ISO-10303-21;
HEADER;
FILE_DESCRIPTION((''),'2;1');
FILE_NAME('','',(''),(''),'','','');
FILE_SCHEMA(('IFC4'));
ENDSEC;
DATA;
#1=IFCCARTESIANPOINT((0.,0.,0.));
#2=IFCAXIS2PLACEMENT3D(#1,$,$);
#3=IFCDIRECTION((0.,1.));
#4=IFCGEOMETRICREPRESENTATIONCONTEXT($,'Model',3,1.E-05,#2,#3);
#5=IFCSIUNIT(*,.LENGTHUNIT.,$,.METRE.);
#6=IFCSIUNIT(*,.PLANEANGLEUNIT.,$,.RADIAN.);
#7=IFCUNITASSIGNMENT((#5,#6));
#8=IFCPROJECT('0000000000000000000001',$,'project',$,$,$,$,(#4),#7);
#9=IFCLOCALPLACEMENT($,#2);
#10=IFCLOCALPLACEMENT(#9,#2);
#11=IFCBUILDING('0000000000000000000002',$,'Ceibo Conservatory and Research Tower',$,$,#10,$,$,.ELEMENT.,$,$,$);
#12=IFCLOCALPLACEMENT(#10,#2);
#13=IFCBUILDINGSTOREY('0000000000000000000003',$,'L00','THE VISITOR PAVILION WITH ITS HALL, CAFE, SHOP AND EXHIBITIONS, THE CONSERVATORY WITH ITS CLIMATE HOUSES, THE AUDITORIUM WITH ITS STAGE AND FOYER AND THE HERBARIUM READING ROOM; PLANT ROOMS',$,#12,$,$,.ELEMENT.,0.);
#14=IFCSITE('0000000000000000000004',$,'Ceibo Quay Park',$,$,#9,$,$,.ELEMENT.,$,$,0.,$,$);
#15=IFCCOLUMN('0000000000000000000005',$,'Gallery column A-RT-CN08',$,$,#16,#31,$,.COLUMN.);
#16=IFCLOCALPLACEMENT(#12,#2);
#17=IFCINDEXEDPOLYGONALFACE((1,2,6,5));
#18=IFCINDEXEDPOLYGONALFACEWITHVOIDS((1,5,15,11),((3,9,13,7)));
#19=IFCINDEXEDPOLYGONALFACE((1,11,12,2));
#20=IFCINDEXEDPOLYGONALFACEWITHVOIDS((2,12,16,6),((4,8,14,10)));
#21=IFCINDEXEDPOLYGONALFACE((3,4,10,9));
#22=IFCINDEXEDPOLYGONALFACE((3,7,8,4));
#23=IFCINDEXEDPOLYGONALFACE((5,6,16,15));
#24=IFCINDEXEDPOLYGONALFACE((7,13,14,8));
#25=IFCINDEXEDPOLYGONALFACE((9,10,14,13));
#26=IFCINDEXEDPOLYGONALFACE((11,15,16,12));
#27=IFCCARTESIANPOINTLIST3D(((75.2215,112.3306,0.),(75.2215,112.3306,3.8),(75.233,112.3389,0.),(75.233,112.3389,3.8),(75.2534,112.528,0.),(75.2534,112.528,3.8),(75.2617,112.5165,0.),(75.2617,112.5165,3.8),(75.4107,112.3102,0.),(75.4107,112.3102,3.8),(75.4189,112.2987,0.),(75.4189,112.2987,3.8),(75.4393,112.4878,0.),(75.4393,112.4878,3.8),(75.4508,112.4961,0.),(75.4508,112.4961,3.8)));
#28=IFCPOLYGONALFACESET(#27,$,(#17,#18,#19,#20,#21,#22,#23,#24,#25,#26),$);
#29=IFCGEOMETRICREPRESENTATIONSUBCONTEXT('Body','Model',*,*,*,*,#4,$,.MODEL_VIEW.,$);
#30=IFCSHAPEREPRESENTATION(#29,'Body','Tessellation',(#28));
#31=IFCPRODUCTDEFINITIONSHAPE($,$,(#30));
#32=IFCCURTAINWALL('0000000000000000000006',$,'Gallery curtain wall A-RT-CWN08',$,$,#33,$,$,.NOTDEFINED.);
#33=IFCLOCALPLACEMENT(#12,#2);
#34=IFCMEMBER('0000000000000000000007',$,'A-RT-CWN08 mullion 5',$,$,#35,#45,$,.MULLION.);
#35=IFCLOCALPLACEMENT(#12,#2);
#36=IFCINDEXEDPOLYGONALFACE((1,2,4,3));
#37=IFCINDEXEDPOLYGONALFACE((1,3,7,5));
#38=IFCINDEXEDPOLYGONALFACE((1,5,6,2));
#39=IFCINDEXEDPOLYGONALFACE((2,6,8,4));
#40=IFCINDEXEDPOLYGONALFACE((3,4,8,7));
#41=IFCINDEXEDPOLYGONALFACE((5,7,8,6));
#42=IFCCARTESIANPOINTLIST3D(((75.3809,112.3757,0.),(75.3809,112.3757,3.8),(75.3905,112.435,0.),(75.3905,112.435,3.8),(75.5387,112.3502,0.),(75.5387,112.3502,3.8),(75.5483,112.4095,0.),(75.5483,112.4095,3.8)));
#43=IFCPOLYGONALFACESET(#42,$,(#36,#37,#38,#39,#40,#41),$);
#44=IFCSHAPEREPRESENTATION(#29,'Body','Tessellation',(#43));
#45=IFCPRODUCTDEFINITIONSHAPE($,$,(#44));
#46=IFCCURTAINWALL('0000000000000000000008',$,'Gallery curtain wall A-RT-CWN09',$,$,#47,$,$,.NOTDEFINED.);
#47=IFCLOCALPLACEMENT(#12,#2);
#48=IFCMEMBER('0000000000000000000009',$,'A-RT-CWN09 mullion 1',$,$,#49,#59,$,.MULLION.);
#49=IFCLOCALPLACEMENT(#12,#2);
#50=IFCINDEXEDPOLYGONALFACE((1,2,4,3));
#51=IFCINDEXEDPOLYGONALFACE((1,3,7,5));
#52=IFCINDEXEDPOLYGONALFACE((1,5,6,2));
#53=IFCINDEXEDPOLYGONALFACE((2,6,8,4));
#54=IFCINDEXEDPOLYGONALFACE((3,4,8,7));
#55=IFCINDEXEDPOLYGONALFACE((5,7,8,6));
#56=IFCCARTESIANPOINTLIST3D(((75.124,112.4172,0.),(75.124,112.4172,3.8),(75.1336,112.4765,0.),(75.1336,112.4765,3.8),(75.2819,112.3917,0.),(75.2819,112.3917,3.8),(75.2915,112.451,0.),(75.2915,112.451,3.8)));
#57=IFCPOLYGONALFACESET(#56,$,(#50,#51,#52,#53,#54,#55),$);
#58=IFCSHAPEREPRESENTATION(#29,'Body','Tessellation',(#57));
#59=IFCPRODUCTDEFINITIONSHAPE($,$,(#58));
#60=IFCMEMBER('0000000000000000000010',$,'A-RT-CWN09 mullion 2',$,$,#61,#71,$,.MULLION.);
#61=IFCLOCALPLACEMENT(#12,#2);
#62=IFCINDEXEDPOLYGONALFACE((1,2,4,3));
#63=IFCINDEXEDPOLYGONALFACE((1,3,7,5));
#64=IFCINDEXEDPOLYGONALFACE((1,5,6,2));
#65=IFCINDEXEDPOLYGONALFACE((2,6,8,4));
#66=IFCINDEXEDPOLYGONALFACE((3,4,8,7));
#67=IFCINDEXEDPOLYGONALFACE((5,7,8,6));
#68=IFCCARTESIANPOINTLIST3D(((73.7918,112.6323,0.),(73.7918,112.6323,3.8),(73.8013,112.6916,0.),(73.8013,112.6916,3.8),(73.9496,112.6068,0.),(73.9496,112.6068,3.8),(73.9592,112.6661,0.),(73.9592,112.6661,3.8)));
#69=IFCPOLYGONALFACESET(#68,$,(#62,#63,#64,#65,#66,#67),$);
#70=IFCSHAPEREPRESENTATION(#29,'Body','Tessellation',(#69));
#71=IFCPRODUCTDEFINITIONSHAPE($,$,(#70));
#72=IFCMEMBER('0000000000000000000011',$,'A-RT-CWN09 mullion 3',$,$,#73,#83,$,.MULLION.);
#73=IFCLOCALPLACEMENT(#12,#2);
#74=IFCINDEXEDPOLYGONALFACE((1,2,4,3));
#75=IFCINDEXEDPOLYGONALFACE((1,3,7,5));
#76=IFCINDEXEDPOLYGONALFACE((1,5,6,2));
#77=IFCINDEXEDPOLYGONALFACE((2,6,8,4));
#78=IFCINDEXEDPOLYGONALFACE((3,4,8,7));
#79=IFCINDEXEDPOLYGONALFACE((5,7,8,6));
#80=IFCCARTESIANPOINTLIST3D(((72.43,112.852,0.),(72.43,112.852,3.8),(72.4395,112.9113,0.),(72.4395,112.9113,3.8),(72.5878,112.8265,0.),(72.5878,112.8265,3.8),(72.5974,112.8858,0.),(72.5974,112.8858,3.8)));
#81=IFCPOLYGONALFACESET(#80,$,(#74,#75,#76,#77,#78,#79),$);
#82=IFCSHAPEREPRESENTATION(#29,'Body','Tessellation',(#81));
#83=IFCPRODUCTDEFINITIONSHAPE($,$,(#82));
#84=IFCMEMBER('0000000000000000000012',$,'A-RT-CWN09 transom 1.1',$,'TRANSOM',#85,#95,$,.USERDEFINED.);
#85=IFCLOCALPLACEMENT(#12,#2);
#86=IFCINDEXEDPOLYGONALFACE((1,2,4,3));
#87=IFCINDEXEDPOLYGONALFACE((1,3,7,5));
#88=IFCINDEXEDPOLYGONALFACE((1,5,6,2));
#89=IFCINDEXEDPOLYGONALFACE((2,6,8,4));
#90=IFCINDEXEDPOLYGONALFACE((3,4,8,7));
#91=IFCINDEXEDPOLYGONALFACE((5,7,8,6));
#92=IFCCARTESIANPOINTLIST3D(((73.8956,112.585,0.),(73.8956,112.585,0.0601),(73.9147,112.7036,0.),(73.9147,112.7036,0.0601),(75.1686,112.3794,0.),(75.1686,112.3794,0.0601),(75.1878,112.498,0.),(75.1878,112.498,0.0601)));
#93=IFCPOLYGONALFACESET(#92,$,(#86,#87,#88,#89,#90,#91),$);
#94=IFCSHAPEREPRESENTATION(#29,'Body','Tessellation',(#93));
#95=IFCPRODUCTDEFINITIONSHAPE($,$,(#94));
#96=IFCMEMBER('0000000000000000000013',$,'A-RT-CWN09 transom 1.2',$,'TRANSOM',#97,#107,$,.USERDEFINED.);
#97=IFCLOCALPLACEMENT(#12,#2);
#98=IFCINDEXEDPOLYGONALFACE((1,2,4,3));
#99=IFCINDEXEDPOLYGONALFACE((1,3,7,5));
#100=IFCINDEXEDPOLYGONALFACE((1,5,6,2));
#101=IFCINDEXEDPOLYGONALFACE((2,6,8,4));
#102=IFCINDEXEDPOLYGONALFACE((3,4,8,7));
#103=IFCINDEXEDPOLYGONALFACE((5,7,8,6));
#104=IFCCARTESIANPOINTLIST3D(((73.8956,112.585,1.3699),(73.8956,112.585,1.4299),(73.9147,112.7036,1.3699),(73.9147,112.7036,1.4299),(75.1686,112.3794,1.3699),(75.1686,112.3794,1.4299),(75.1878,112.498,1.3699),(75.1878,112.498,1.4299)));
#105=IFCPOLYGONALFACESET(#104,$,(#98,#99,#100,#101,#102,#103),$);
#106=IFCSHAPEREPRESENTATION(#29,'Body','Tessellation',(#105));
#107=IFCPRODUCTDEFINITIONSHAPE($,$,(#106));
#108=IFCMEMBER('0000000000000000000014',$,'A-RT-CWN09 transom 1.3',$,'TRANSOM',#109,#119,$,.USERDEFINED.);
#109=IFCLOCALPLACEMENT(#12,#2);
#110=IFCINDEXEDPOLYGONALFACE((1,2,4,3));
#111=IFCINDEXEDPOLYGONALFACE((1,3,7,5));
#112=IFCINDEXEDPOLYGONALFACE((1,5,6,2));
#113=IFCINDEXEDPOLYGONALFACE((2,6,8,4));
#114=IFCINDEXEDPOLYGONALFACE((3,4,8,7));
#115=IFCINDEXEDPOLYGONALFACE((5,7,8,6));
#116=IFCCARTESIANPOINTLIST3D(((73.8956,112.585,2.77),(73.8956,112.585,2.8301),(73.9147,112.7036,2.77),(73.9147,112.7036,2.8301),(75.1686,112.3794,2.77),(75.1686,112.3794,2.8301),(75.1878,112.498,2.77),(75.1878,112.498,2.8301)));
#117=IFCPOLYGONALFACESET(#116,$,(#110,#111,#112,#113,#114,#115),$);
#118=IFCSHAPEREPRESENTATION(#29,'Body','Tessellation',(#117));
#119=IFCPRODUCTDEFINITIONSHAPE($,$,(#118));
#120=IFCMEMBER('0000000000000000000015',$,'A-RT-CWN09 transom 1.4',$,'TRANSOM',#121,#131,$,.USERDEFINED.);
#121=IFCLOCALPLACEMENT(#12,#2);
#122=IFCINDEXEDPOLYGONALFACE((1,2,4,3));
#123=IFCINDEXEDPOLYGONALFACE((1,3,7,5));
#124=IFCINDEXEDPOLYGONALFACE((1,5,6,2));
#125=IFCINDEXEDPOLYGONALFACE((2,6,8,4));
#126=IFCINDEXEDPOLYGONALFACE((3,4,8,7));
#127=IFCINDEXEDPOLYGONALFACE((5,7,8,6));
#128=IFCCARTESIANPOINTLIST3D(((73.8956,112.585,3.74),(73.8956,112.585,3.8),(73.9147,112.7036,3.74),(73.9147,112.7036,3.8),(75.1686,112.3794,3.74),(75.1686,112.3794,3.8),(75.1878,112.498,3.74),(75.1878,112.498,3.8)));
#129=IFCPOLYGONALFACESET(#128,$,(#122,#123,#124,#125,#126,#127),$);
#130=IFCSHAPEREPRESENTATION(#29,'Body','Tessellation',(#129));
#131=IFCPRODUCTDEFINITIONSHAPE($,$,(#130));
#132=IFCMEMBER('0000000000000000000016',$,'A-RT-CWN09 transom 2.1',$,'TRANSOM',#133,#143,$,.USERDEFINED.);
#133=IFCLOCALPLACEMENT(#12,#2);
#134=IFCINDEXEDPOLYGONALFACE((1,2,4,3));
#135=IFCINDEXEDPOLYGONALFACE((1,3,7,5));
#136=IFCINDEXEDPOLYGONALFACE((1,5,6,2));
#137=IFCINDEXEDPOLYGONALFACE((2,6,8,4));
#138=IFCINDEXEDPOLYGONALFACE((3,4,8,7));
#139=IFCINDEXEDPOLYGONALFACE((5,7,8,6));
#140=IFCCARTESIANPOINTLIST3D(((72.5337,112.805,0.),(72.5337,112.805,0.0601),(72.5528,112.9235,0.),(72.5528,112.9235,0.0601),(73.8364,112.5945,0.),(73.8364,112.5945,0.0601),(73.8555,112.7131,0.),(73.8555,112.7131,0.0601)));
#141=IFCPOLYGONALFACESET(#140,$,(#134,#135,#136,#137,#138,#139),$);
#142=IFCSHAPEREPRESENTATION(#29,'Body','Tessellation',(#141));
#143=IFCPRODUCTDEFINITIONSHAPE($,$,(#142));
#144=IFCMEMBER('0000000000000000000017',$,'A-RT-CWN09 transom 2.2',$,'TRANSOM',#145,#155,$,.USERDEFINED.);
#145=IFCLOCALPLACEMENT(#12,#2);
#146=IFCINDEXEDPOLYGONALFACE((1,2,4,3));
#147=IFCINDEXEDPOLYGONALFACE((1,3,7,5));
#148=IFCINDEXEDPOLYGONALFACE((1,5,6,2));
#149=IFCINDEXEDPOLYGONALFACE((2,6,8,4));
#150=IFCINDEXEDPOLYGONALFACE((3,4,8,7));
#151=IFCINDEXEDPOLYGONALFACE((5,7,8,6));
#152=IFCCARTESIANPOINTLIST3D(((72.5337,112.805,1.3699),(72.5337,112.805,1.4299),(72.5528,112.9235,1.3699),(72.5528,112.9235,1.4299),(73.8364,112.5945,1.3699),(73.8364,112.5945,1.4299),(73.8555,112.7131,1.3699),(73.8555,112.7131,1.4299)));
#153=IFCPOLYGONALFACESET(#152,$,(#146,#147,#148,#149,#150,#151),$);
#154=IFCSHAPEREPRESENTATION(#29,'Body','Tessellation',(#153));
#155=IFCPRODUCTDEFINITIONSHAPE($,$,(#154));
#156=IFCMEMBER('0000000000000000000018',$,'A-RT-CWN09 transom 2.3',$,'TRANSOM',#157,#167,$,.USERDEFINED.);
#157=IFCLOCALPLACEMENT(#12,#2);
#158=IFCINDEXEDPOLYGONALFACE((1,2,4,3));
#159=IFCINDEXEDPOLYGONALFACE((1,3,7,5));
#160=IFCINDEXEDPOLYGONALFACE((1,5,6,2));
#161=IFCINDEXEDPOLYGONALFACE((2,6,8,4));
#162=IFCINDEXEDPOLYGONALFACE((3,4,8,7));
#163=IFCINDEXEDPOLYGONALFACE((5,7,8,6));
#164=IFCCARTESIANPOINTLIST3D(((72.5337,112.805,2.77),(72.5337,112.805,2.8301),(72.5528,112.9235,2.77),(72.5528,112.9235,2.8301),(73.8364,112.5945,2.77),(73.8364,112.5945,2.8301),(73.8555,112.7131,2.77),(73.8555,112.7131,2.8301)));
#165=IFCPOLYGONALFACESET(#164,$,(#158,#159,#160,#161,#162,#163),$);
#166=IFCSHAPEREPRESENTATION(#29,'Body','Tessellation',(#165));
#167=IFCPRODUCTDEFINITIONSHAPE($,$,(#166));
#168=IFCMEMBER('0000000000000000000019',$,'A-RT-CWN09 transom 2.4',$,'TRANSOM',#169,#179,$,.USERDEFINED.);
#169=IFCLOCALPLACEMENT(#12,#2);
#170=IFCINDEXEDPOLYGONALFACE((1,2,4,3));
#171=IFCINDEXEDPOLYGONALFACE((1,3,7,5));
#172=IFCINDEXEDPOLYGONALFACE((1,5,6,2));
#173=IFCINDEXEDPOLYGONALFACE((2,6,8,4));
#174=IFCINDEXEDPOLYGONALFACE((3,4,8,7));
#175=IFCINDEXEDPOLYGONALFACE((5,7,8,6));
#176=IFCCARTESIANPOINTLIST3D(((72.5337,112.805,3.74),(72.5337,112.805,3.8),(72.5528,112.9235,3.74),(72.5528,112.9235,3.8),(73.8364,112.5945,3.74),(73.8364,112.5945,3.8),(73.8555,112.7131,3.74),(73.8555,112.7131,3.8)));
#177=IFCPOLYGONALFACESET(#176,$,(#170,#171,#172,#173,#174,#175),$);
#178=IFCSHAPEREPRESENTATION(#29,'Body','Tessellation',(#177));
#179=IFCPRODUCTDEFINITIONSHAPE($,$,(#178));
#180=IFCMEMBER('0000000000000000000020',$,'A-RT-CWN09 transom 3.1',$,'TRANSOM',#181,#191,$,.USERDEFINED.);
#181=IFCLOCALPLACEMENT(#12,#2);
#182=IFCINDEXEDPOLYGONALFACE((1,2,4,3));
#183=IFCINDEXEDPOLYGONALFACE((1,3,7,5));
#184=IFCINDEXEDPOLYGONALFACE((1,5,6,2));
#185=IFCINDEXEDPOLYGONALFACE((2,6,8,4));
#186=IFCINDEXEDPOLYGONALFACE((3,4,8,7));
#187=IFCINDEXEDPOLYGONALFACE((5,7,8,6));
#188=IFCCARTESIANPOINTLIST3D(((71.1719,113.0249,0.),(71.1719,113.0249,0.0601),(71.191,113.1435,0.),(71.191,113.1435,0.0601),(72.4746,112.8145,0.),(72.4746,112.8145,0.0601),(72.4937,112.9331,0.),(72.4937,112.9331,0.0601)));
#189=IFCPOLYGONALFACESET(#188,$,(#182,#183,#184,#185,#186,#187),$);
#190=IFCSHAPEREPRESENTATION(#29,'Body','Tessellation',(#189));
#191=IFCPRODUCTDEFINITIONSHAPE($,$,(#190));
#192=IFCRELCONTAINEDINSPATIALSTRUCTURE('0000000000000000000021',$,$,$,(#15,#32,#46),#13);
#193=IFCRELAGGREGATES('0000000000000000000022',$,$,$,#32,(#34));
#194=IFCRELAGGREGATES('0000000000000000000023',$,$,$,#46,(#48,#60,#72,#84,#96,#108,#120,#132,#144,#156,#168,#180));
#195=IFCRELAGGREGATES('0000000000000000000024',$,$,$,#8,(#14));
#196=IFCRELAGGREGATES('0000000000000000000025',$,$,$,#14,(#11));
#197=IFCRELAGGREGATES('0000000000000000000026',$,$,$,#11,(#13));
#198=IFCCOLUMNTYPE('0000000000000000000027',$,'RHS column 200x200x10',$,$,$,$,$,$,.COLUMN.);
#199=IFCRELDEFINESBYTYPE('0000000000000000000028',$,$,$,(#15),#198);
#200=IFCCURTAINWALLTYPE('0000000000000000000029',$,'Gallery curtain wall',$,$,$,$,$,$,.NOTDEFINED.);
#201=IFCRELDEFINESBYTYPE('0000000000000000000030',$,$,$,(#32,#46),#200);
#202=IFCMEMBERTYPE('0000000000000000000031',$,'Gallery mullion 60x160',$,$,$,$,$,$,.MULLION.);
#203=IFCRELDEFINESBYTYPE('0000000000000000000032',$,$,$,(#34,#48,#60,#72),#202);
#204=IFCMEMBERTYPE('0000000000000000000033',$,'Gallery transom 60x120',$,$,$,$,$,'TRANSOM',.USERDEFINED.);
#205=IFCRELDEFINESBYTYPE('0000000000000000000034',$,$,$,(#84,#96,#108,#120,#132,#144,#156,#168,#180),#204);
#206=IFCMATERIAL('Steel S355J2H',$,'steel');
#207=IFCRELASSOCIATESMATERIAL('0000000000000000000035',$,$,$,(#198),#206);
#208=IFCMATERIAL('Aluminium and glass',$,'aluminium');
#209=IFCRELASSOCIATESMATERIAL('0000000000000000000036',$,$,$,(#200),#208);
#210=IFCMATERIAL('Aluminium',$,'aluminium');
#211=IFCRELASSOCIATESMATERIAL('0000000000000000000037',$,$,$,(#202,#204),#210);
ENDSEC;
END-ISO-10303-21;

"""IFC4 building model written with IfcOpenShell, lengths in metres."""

from ifc_helpers import new_model, si_unit, direction, frame, origin, origin_2d, place, context, subcontext, project, spatial, rectangle, hollow_rectangle, extrude, material, material_profile, profile_set, type_object, element, aggregate, save


model = new_model("IFC4")

# Units and contexts
model_context = context("Model", 3, precision=1e-05, world=origin(), true_north=direction((0.0, 1.0)))
body_context = subcontext(model_context, "Body", "Model", "MODEL_VIEW")
ifc_project = project(units=[si_unit("LENGTHUNIT", "METRE"), si_unit("PLANEANGLEUNIT", "RADIAN")], contexts=[model_context])

# Site, building, storey
site_placement = place(None, origin())
site = spatial("IfcSite", under=ifc_project, at=site_placement, Name="Ceibo Quay Park", CompositionType="ELEMENT", RefElevation=0.0)
building_placement = place(site_placement, origin())
building = spatial("IfcBuilding", under=site, at=building_placement, Name="Ceibo Conservatory and Research Tower", CompositionType="ELEMENT")
storey_placement = place(building_placement, origin())
storey = spatial("IfcBuildingStorey", under=building, at=storey_placement, Name="L00", Description="THE VISITOR PAVILION WITH ITS HALL, CAFE, SHOP AND EXHIBITIONS, THE CONSERVATORY WITH ITS CLIMATE HOUSES, THE AUDITORIUM WITH ITS STAGE AND FOYER AND THE HERBARIUM READING ROOM; PLANT ROOMS", CompositionType="ELEMENT", Elevation=0.0)

# Column
ifc_material_1 = material(Name="Steel S355J2H", Category="steel")
ifc_material_profile_1 = material_profile(ifc_material_1, hollow_rectangle(XDim=0.2, YDim=0.2, WallThickness=0.01, at=origin_2d()), Name="RHS column 200x200x10")
ifc_profile_set_1 = profile_set([ifc_material_profile_1], Name="Steel S355J2H")
column_type = type_object("IfcColumnType", Name="RHS column 200x200x10", PredefinedType="COLUMN", material=ifc_profile_set_1)
column_placement = place(storey_placement, frame((75.3362, 112.4133, 0.0), z_axis=(0.0, 0.0, 1.0), x_axis=(-0.987216, 0.159391, 0.0)))
element("IfcColumn", 1, at=column_placement, inside=storey, type_object=column_type, Name="Gallery column A-RT-CN08", PredefinedType="COLUMN", context=body_context, shape_type="SweptSolid", body=[
    extrude(hollow_rectangle(XDim=0.2, YDim=0.2, WallThickness=0.01, at=origin_2d()), origin(), (0.0, 0.0, 1.0), 3.8),
])

# Curtain wall, member
ifc_material_2 = material(Name="Aluminium and glass", Category="aluminium")
curtain_wall_type = type_object("IfcCurtainWallType", Name="Gallery curtain wall", PredefinedType="NOTDEFINED", material=ifc_material_2)
curtain_wall_1_placement = place(storey_placement, origin())
curtain_wall_1 = element("IfcCurtainWall", 2, at=curtain_wall_1_placement, inside=storey, type_object=curtain_wall_type, Name="Gallery curtain wall A-RT-CWN08", PredefinedType="NOTDEFINED")
ifc_material_3 = material(Name="Aluminium", Category="aluminium")
ifc_material_profile_2 = material_profile(ifc_material_3, rectangle(XDim=0.0601, YDim=0.1599, at=origin_2d()), Name="AL 60x160")
ifc_profile_set_2 = profile_set([ifc_material_profile_2], Name="Aluminium")
member_type_1 = type_object("IfcMemberType", Name="Gallery mullion 60x160", PredefinedType="MULLION", material=ifc_profile_set_2)
member_1_placement = place(storey_placement, frame((75.4646, 112.3926, 0.0), z_axis=(0.0, 0.0, 1.0), x_axis=(-0.159391, -0.987216, 0.0)))
member_1 = element("IfcMember", 3, at=member_1_placement, type_object=member_type_1, Name="A-RT-CWN08 mullion 5", PredefinedType="MULLION", context=body_context, shape_type="SweptSolid", body=[
    extrude(rectangle(XDim=0.0601, YDim=0.1599, at=origin_2d()), origin(), (0.0, 0.0, 1.0), 3.8),
])

# Curtain wall, members
curtain_wall_2_placement = place(storey_placement, origin())
curtain_wall_2 = element("IfcCurtainWall", 4, at=curtain_wall_2_placement, inside=storey, type_object=curtain_wall_type, Name="Gallery curtain wall A-RT-CWN09", PredefinedType="NOTDEFINED")
member_2_placement = place(storey_placement, frame((75.2078, 112.4341, 0.0), z_axis=(0.0, 0.0, 1.0), x_axis=(-0.159391, -0.987216, 0.0)))
member_2 = element("IfcMember", 5, at=member_2_placement, type_object=member_type_1, Name="A-RT-CWN09 mullion 1", PredefinedType="MULLION", context=body_context, shape_type="SweptSolid", body=[
    extrude(rectangle(XDim=0.0601, YDim=0.1599, at=origin_2d()), origin(), (0.0, 0.0, 1.0), 3.8),
])
member_3_placement = place(storey_placement, frame((73.8755, 112.6492, 0.0), z_axis=(0.0, 0.0, 1.0), x_axis=(-0.159391, -0.987216, 0.0)))
member_3 = element("IfcMember", 6, at=member_3_placement, type_object=member_type_1, Name="A-RT-CWN09 mullion 2", PredefinedType="MULLION", context=body_context, shape_type="SweptSolid", body=[
    extrude(rectangle(XDim=0.0601, YDim=0.1599, at=origin_2d()), origin(), (0.0, 0.0, 1.0), 3.8),
])
member_4_placement = place(storey_placement, frame((72.5137, 112.8689, 0.0), z_axis=(0.0, 0.0, 1.0), x_axis=(-0.159391, -0.987216, 0.0)))
member_4 = element("IfcMember", 7, at=member_4_placement, type_object=member_type_1, Name="A-RT-CWN09 mullion 3", PredefinedType="MULLION", context=body_context, shape_type="SweptSolid", body=[
    extrude(rectangle(XDim=0.0601, YDim=0.1599, at=origin_2d()), origin(), (0.0, 0.0, 1.0), 3.8),
])
ifc_material_profile_3 = material_profile(ifc_material_3, rectangle(XDim=0.1201, YDim=0.0601, at=origin_2d()), Name="AL 60x120")
ifc_profile_set_3 = profile_set([ifc_material_profile_3], Name="Aluminium")
member_type_2 = type_object("IfcMemberType", Name="Gallery transom 60x120", ElementType="TRANSOM", PredefinedType="USERDEFINED", material=ifc_profile_set_3)
member_5_placement = place(storey_placement, frame((75.1782, 112.4387, 0.03), z_axis=(-0.98721, 0.159423, 0.0), x_axis=(-0.159423, -0.98721, 0.0)))
member_5 = element("IfcMember", 8, at=member_5_placement, type_object=member_type_2, Name="A-RT-CWN09 transom 1.1", ObjectType="TRANSOM", PredefinedType="USERDEFINED", context=body_context, shape_type="SweptSolid", body=[
    extrude(rectangle(XDim=0.1201, YDim=0.0601, at=origin_2d()), origin(), (0.0, 0.0, 1.0), 1.2896),
])
member_6_placement = place(storey_placement, frame((75.1782, 112.4387, 1.3999), z_axis=(-0.98721, 0.159423, 0.0), x_axis=(-0.159423, -0.98721, 0.0)))
member_6 = element("IfcMember", 9, at=member_6_placement, type_object=member_type_2, Name="A-RT-CWN09 transom 1.2", ObjectType="TRANSOM", PredefinedType="USERDEFINED", context=body_context, shape_type="SweptSolid", body=[
    extrude(rectangle(XDim=0.1201, YDim=0.0601, at=origin_2d()), origin(), (0.0, 0.0, 1.0), 1.2896),
])
member_7_placement = place(storey_placement, frame((75.1782, 112.4387, 2.8), z_axis=(-0.98721, 0.159423, 0.0), x_axis=(-0.159423, -0.98721, 0.0)))
member_7 = element("IfcMember", 10, at=member_7_placement, type_object=member_type_2, Name="A-RT-CWN09 transom 1.3", ObjectType="TRANSOM", PredefinedType="USERDEFINED", context=body_context, shape_type="SweptSolid", body=[
    extrude(rectangle(XDim=0.1201, YDim=0.0601, at=origin_2d()), origin(), (0.0, 0.0, 1.0), 1.2896),
])
member_8_placement = place(storey_placement, frame((75.1782, 112.4387, 3.77), z_axis=(-0.98721, 0.159423, 0.0), x_axis=(-0.159423, -0.98721, 0.0)))
member_8 = element("IfcMember", 11, at=member_8_placement, type_object=member_type_2, Name="A-RT-CWN09 transom 1.4", ObjectType="TRANSOM", PredefinedType="USERDEFINED", context=body_context, shape_type="SweptSolid", body=[
    extrude(rectangle(XDim=0.1201, YDim=0.0601, at=origin_2d()), origin(), (0.0, 0.0, 1.0), 1.2896),
])
member_9_placement = place(storey_placement, frame((73.8459, 112.6538, 0.03), z_axis=(-0.987202, 0.159477, 0.0), x_axis=(-0.159477, -0.987202, 0.0)))
member_9 = element("IfcMember", 12, at=member_9_placement, type_object=member_type_2, Name="A-RT-CWN09 transom 2.1", ObjectType="TRANSOM", PredefinedType="USERDEFINED", context=body_context, shape_type="SweptSolid", body=[
    extrude(rectangle(XDim=0.1201, YDim=0.0601, at=origin_2d()), origin(), (0.0, 0.0, 1.0), 1.3196),
])
member_10_placement = place(storey_placement, frame((73.8459, 112.6538, 1.3999), z_axis=(-0.987202, 0.159477, 0.0), x_axis=(-0.159477, -0.987202, 0.0)))
member_10 = element("IfcMember", 13, at=member_10_placement, type_object=member_type_2, Name="A-RT-CWN09 transom 2.2", ObjectType="TRANSOM", PredefinedType="USERDEFINED", context=body_context, shape_type="SweptSolid", body=[
    extrude(rectangle(XDim=0.1201, YDim=0.0601, at=origin_2d()), origin(), (0.0, 0.0, 1.0), 1.3196),
])
member_11_placement = place(storey_placement, frame((73.8459, 112.6538, 2.8), z_axis=(-0.987202, 0.159477, 0.0), x_axis=(-0.159477, -0.987202, 0.0)))
member_11 = element("IfcMember", 14, at=member_11_placement, type_object=member_type_2, Name="A-RT-CWN09 transom 2.3", ObjectType="TRANSOM", PredefinedType="USERDEFINED", context=body_context, shape_type="SweptSolid", body=[
    extrude(rectangle(XDim=0.1201, YDim=0.0601, at=origin_2d()), origin(), (0.0, 0.0, 1.0), 1.3196),
])
member_12_placement = place(storey_placement, frame((73.8459, 112.6538, 3.77), z_axis=(-0.987202, 0.159477, 0.0), x_axis=(-0.159477, -0.987202, 0.0)))
member_12 = element("IfcMember", 15, at=member_12_placement, type_object=member_type_2, Name="A-RT-CWN09 transom 2.4", ObjectType="TRANSOM", PredefinedType="USERDEFINED", context=body_context, shape_type="SweptSolid", body=[
    extrude(rectangle(XDim=0.1201, YDim=0.0601, at=origin_2d()), origin(), (0.0, 0.0, 1.0), 1.3196),
])
member_13_placement = place(storey_placement, frame((72.4841, 112.8738, 0.03), z_axis=(-0.987202, 0.159477, 0.0), x_axis=(-0.159477, -0.987202, 0.0)))
member_13 = element("IfcMember", 16, at=member_13_placement, type_object=member_type_2, Name="A-RT-CWN09 transom 3.1", ObjectType="TRANSOM", PredefinedType="USERDEFINED", context=body_context, shape_type="SweptSolid", body=[
    extrude(rectangle(XDim=0.1201, YDim=0.0601, at=origin_2d()), origin(), (0.0, 0.0, 1.0), 1.3196),
])

aggregate(curtain_wall_1, [member_1])
aggregate(curtain_wall_2, [member_2, member_3, member_4, member_5, member_6, member_7, member_8, member_9, member_10, member_11, member_12, member_13])

save(model, "model.ifc")
